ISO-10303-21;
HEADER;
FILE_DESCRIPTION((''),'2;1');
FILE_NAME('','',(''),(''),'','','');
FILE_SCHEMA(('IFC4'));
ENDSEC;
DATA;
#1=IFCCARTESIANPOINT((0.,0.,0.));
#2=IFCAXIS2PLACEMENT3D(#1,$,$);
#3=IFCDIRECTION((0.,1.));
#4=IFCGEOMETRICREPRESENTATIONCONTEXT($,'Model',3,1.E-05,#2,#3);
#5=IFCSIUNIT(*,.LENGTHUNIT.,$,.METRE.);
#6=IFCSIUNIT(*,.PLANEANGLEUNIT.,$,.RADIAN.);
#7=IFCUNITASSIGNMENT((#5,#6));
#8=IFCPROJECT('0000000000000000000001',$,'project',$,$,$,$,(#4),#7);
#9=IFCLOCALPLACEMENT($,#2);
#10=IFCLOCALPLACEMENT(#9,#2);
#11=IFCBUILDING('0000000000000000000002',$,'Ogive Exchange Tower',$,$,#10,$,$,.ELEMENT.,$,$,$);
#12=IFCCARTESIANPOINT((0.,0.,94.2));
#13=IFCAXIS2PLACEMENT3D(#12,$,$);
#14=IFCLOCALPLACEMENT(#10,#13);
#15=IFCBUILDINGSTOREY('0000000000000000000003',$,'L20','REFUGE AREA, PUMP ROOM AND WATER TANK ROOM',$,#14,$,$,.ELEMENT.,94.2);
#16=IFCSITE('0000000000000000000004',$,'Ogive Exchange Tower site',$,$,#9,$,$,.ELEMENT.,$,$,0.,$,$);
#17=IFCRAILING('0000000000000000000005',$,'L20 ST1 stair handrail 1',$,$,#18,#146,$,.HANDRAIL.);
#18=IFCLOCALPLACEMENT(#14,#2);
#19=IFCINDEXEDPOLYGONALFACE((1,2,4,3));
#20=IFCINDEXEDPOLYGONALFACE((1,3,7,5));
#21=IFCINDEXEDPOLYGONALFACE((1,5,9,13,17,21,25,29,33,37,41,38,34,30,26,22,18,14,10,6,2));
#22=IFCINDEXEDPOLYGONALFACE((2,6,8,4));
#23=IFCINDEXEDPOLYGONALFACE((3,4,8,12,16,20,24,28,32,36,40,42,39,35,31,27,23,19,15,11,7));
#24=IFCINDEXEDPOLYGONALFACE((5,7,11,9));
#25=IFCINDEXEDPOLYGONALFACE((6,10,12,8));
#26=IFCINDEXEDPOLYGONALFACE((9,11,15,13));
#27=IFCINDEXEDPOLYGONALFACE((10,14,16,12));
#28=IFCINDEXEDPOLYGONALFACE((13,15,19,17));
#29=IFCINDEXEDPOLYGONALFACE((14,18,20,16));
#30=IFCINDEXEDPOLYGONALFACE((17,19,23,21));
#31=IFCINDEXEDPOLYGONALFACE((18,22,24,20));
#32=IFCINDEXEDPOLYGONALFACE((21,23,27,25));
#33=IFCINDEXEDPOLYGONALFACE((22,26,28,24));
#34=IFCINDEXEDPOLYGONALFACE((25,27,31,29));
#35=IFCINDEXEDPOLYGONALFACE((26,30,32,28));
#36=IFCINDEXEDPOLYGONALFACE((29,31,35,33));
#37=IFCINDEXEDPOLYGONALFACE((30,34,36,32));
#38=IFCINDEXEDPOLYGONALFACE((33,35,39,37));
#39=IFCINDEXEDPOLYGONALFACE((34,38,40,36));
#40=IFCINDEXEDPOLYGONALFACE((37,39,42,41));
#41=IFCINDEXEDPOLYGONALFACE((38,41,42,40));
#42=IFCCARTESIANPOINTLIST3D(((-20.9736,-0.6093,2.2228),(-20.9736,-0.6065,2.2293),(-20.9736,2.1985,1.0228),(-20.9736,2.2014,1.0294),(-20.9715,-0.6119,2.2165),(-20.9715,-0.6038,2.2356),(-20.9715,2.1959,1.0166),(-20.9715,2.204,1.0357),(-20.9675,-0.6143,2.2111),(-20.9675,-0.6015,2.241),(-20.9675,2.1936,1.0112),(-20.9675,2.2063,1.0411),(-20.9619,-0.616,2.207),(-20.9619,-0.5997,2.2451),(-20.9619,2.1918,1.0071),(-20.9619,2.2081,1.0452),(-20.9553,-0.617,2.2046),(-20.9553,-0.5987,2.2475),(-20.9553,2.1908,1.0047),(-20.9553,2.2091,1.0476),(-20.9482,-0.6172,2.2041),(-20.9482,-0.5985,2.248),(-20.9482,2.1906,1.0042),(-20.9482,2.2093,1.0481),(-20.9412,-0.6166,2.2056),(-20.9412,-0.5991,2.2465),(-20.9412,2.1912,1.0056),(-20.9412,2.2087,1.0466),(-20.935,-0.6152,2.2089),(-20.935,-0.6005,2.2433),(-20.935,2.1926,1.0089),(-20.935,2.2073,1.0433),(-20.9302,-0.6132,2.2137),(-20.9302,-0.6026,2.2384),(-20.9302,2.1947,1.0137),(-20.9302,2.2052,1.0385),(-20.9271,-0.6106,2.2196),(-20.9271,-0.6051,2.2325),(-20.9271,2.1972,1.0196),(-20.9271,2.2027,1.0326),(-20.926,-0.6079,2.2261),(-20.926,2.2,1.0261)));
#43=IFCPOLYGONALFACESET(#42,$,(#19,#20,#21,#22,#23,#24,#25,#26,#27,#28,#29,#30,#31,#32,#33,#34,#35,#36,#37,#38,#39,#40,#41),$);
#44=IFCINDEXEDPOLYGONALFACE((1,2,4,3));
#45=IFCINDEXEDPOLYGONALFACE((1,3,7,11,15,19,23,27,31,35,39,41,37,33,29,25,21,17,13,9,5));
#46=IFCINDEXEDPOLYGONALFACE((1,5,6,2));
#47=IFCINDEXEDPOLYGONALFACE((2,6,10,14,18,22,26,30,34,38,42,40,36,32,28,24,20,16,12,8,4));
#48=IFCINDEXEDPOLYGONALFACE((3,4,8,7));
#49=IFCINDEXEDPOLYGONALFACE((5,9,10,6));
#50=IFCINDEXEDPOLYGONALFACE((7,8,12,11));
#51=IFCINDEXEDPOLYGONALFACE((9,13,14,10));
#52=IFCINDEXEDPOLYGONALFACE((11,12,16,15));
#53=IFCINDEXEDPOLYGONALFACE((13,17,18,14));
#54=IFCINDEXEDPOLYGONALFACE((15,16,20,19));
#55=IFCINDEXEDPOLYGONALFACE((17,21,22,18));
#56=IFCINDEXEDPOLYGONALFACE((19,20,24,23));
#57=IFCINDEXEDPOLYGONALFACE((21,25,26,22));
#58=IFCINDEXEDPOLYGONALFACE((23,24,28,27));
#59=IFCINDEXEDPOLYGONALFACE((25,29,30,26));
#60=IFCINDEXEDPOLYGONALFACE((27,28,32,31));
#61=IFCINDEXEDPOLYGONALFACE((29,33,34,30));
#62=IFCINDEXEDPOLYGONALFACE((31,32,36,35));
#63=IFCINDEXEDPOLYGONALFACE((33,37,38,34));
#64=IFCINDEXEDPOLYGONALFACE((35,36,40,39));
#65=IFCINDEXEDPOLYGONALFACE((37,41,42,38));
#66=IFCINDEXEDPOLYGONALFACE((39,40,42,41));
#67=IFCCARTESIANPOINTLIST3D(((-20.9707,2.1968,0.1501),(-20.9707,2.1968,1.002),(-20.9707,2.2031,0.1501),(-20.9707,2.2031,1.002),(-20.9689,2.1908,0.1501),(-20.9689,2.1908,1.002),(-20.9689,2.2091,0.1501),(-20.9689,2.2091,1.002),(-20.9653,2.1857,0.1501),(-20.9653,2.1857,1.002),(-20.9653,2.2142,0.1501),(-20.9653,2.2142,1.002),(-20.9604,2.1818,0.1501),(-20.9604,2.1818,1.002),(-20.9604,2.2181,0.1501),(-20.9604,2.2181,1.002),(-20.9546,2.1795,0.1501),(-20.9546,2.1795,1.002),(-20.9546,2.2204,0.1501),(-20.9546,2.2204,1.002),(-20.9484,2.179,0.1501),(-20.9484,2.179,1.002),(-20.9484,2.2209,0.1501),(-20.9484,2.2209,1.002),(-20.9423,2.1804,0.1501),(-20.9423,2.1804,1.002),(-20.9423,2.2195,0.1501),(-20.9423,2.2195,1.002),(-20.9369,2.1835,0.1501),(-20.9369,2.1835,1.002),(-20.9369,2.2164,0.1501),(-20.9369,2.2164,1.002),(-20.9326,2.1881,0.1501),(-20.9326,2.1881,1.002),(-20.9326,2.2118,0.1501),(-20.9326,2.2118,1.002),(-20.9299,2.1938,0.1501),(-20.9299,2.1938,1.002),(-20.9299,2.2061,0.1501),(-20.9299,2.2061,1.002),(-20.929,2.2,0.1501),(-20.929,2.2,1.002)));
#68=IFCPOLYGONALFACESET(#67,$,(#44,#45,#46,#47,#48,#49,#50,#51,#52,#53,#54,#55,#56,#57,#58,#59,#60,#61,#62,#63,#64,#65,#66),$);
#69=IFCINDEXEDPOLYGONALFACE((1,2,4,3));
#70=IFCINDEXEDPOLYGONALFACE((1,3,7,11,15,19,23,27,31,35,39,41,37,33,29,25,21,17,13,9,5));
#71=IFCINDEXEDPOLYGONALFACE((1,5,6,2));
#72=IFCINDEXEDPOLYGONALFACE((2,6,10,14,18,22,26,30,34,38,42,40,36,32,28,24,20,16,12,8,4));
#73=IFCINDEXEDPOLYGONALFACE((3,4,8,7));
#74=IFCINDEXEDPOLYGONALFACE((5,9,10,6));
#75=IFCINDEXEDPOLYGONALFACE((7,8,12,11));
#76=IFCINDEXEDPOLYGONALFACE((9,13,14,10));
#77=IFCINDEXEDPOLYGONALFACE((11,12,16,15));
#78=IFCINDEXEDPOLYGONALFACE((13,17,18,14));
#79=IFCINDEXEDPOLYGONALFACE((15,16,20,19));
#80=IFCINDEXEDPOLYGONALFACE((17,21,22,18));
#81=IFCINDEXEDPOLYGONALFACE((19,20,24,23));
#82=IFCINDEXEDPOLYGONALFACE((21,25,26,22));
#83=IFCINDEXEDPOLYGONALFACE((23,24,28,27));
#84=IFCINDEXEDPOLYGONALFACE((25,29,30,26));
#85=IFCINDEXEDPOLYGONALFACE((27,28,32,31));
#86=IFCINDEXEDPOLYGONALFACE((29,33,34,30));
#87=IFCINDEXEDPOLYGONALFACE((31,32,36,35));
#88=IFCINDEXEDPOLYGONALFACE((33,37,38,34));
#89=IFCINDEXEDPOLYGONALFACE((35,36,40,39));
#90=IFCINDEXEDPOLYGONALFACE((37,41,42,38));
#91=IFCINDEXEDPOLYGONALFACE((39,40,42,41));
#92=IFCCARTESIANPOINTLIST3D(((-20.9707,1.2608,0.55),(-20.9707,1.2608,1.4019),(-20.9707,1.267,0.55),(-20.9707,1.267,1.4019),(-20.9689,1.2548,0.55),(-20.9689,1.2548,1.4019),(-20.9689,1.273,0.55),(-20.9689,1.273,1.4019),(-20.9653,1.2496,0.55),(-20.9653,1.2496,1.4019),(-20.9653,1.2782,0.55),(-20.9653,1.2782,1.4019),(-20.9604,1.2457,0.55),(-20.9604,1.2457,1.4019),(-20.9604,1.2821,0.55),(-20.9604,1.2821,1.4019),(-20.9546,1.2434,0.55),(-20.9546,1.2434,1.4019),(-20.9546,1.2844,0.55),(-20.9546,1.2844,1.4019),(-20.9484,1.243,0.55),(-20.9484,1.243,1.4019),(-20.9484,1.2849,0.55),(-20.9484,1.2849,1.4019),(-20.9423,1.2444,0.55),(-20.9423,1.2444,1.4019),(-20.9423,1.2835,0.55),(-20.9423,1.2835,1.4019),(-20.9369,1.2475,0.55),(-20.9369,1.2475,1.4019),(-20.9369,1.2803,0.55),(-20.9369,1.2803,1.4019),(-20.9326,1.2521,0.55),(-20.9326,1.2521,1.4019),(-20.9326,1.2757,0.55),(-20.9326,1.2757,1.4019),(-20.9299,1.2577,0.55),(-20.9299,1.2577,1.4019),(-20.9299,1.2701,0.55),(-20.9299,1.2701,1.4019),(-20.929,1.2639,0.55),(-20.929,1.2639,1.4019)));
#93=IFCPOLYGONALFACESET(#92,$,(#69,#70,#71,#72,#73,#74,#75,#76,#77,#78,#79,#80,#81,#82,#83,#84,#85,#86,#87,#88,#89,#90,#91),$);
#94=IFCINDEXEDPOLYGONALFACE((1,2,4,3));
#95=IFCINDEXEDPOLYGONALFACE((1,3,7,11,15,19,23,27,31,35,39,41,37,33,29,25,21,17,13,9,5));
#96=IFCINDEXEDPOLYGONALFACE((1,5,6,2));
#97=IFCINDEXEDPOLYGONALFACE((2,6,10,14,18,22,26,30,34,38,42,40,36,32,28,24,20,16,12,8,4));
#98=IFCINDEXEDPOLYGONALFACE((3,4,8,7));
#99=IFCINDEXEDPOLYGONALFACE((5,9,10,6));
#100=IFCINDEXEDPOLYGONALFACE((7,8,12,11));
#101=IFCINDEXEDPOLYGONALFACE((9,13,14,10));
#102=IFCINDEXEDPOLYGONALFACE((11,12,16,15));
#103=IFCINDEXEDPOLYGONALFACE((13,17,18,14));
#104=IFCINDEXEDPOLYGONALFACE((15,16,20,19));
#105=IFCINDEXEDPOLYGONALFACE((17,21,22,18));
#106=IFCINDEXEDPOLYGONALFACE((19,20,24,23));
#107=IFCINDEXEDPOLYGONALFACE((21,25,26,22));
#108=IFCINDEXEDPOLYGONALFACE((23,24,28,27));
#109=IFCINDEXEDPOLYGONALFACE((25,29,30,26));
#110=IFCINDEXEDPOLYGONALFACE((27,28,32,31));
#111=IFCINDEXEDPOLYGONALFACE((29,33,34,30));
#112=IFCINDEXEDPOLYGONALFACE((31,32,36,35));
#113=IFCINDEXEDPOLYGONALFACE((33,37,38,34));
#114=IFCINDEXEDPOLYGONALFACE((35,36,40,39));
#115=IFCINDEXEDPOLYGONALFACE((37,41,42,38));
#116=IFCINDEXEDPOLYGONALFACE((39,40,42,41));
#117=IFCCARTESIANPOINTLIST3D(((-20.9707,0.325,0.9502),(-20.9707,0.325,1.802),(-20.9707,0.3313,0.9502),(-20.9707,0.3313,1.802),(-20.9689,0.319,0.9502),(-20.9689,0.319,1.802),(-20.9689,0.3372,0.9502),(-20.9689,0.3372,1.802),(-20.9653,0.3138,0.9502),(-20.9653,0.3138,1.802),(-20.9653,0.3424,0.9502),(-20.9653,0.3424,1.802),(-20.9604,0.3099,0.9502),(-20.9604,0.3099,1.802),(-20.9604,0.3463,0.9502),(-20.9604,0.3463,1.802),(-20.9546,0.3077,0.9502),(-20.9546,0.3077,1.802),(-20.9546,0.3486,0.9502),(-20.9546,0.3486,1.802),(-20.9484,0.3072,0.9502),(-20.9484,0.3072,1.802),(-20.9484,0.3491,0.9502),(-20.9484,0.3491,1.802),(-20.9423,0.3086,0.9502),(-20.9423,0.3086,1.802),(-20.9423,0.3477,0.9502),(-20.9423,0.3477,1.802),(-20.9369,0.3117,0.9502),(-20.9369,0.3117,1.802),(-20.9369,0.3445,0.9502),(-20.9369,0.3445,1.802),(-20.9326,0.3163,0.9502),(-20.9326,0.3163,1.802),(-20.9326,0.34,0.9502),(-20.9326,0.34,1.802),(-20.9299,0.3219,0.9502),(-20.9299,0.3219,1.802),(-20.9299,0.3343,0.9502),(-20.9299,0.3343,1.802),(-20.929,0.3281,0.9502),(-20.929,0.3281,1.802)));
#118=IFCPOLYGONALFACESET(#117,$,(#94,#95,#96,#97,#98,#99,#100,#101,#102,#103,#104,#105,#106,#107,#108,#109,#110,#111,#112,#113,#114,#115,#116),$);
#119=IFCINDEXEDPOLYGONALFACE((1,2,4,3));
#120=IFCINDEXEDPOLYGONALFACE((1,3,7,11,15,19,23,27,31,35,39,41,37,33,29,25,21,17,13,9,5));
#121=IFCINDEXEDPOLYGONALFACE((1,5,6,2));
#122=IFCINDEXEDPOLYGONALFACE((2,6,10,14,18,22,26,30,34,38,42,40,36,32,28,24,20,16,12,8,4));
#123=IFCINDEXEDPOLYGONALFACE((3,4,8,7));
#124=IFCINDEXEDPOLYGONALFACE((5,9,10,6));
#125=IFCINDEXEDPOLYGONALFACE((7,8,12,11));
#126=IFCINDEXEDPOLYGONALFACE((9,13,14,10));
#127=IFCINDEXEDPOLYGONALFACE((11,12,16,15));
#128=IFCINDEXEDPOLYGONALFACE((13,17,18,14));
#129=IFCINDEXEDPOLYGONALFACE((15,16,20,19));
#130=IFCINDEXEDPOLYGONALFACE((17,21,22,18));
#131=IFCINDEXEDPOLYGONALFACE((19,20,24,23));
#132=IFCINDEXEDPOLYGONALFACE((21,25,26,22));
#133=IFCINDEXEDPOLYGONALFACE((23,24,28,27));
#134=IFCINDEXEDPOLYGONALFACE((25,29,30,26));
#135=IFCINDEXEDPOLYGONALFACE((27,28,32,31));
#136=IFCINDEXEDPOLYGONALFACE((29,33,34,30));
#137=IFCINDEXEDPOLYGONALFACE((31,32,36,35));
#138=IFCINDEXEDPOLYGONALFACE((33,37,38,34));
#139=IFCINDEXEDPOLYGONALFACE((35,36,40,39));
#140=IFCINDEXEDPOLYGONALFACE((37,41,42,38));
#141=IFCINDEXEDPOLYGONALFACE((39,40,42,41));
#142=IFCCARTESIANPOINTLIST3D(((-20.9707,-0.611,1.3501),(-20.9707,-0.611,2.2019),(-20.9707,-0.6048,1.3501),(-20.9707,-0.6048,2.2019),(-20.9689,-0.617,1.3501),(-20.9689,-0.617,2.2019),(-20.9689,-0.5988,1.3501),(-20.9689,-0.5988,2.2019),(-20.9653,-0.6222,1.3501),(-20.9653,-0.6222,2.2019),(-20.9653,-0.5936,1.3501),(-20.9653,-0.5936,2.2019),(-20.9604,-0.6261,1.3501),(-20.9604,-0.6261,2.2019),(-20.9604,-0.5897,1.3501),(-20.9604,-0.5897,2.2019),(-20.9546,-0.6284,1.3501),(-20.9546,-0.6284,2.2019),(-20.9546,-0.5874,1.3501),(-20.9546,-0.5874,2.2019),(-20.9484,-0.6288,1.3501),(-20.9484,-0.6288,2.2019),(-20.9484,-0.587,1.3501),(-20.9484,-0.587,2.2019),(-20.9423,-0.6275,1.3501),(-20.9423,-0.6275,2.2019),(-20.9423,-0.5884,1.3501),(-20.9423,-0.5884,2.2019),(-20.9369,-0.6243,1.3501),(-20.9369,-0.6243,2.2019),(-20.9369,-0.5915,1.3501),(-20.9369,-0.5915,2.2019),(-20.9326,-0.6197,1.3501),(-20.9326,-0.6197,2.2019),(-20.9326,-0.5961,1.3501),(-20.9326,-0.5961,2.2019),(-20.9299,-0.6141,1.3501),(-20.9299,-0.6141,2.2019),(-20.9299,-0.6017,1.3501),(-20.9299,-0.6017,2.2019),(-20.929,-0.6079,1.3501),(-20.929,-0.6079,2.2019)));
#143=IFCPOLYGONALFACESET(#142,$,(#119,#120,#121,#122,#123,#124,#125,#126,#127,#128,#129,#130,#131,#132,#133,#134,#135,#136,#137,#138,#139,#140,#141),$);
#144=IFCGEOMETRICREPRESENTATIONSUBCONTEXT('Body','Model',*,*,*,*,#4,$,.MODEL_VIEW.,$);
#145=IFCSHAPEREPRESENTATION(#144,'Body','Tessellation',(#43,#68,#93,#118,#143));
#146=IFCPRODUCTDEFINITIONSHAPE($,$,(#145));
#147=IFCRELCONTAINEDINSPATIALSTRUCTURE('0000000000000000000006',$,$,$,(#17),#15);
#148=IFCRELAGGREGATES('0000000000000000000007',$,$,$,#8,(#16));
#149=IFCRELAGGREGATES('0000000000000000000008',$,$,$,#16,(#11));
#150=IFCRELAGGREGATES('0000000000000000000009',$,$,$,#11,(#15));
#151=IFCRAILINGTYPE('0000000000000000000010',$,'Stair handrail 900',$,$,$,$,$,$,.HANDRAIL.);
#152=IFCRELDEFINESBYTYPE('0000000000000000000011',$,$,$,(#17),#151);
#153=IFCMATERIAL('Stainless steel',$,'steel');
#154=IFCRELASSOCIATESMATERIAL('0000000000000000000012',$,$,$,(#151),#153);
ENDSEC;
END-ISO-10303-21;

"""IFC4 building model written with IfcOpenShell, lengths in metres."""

from ifc_helpers import new_model, si_unit, direction, frame, origin, origin_2d, place, context, subcontext, project, spatial, circle, extrude, material, type_object, element, save


model = new_model("IFC4")

# Units and contexts
model_context = context("Model", 3, precision=1e-05, world=origin(), true_north=direction((0.0, 1.0)))
body_context = subcontext(model_context, "Body", "Model", "MODEL_VIEW")
ifc_project = project(units=[si_unit("LENGTHUNIT", "METRE"), si_unit("PLANEANGLEUNIT", "RADIAN")], contexts=[model_context])

# Site, building, storey
site_placement = place(None, origin())
site = spatial("IfcSite", under=ifc_project, at=site_placement, Name="Ogive Exchange Tower site", CompositionType="ELEMENT", RefElevation=0.0)
building_placement = place(site_placement, origin())
building = spatial("IfcBuilding", under=site, at=building_placement, Name="Ogive Exchange Tower", CompositionType="ELEMENT")
storey_placement = place(building_placement, frame((0.0, 0.0, 94.2)))
storey = spatial("IfcBuildingStorey", under=building, at=storey_placement, Name="L20", Description="REFUGE AREA, PUMP ROOM AND WATER TANK ROOM", CompositionType="ELEMENT", Elevation=94.2)

# Shared definitions
ifc_material_1 = material(Name="Stainless steel", Category="steel")

# Railing
railing_type = type_object("IfcRailingType", Name="Stair handrail 900", PredefinedType="HANDRAIL", material=ifc_material_1)
for number, where, name in (
    (1, (-20.95, 2.2, 0.1501), "L20 ST1 stair handrail 1"),
):
    element("IfcRailing", number, at=place(storey_placement, frame(where)), inside=storey, type_object=railing_type, Name=name, PredefinedType="HANDRAIL", context=body_context, shape_type="SweptSolid", body=[
        extrude(circle(Radius=0.0239, at=origin_2d()), frame((0.0, 0.0, 0.876), z_axis=(0.0, -0.91955, 0.392973), x_axis=(1.0, 0.0, 0.0)), (0.0, 0.0, 1.0), 3.0535),
        extrude(circle(Radius=0.021, at=origin_2d()), origin(), (0.0, 0.0, 1.0), 0.8518),
        extrude(circle(Radius=0.021, at=origin_2d()), frame((0.0, -0.936, 0.3999)), (0.0, 0.0, 1.0), 0.8518),
        extrude(circle(Radius=0.021, at=origin_2d()), frame((0.0, -1.8718, 0.8)), (0.0, 0.0, 1.0), 0.8518),
        extrude(circle(Radius=0.021, at=origin_2d()), frame((0.0, -2.8079, 1.2)), (0.0, 0.0, 1.0), 0.8518),
    ])

save(model, "model.ifc")
